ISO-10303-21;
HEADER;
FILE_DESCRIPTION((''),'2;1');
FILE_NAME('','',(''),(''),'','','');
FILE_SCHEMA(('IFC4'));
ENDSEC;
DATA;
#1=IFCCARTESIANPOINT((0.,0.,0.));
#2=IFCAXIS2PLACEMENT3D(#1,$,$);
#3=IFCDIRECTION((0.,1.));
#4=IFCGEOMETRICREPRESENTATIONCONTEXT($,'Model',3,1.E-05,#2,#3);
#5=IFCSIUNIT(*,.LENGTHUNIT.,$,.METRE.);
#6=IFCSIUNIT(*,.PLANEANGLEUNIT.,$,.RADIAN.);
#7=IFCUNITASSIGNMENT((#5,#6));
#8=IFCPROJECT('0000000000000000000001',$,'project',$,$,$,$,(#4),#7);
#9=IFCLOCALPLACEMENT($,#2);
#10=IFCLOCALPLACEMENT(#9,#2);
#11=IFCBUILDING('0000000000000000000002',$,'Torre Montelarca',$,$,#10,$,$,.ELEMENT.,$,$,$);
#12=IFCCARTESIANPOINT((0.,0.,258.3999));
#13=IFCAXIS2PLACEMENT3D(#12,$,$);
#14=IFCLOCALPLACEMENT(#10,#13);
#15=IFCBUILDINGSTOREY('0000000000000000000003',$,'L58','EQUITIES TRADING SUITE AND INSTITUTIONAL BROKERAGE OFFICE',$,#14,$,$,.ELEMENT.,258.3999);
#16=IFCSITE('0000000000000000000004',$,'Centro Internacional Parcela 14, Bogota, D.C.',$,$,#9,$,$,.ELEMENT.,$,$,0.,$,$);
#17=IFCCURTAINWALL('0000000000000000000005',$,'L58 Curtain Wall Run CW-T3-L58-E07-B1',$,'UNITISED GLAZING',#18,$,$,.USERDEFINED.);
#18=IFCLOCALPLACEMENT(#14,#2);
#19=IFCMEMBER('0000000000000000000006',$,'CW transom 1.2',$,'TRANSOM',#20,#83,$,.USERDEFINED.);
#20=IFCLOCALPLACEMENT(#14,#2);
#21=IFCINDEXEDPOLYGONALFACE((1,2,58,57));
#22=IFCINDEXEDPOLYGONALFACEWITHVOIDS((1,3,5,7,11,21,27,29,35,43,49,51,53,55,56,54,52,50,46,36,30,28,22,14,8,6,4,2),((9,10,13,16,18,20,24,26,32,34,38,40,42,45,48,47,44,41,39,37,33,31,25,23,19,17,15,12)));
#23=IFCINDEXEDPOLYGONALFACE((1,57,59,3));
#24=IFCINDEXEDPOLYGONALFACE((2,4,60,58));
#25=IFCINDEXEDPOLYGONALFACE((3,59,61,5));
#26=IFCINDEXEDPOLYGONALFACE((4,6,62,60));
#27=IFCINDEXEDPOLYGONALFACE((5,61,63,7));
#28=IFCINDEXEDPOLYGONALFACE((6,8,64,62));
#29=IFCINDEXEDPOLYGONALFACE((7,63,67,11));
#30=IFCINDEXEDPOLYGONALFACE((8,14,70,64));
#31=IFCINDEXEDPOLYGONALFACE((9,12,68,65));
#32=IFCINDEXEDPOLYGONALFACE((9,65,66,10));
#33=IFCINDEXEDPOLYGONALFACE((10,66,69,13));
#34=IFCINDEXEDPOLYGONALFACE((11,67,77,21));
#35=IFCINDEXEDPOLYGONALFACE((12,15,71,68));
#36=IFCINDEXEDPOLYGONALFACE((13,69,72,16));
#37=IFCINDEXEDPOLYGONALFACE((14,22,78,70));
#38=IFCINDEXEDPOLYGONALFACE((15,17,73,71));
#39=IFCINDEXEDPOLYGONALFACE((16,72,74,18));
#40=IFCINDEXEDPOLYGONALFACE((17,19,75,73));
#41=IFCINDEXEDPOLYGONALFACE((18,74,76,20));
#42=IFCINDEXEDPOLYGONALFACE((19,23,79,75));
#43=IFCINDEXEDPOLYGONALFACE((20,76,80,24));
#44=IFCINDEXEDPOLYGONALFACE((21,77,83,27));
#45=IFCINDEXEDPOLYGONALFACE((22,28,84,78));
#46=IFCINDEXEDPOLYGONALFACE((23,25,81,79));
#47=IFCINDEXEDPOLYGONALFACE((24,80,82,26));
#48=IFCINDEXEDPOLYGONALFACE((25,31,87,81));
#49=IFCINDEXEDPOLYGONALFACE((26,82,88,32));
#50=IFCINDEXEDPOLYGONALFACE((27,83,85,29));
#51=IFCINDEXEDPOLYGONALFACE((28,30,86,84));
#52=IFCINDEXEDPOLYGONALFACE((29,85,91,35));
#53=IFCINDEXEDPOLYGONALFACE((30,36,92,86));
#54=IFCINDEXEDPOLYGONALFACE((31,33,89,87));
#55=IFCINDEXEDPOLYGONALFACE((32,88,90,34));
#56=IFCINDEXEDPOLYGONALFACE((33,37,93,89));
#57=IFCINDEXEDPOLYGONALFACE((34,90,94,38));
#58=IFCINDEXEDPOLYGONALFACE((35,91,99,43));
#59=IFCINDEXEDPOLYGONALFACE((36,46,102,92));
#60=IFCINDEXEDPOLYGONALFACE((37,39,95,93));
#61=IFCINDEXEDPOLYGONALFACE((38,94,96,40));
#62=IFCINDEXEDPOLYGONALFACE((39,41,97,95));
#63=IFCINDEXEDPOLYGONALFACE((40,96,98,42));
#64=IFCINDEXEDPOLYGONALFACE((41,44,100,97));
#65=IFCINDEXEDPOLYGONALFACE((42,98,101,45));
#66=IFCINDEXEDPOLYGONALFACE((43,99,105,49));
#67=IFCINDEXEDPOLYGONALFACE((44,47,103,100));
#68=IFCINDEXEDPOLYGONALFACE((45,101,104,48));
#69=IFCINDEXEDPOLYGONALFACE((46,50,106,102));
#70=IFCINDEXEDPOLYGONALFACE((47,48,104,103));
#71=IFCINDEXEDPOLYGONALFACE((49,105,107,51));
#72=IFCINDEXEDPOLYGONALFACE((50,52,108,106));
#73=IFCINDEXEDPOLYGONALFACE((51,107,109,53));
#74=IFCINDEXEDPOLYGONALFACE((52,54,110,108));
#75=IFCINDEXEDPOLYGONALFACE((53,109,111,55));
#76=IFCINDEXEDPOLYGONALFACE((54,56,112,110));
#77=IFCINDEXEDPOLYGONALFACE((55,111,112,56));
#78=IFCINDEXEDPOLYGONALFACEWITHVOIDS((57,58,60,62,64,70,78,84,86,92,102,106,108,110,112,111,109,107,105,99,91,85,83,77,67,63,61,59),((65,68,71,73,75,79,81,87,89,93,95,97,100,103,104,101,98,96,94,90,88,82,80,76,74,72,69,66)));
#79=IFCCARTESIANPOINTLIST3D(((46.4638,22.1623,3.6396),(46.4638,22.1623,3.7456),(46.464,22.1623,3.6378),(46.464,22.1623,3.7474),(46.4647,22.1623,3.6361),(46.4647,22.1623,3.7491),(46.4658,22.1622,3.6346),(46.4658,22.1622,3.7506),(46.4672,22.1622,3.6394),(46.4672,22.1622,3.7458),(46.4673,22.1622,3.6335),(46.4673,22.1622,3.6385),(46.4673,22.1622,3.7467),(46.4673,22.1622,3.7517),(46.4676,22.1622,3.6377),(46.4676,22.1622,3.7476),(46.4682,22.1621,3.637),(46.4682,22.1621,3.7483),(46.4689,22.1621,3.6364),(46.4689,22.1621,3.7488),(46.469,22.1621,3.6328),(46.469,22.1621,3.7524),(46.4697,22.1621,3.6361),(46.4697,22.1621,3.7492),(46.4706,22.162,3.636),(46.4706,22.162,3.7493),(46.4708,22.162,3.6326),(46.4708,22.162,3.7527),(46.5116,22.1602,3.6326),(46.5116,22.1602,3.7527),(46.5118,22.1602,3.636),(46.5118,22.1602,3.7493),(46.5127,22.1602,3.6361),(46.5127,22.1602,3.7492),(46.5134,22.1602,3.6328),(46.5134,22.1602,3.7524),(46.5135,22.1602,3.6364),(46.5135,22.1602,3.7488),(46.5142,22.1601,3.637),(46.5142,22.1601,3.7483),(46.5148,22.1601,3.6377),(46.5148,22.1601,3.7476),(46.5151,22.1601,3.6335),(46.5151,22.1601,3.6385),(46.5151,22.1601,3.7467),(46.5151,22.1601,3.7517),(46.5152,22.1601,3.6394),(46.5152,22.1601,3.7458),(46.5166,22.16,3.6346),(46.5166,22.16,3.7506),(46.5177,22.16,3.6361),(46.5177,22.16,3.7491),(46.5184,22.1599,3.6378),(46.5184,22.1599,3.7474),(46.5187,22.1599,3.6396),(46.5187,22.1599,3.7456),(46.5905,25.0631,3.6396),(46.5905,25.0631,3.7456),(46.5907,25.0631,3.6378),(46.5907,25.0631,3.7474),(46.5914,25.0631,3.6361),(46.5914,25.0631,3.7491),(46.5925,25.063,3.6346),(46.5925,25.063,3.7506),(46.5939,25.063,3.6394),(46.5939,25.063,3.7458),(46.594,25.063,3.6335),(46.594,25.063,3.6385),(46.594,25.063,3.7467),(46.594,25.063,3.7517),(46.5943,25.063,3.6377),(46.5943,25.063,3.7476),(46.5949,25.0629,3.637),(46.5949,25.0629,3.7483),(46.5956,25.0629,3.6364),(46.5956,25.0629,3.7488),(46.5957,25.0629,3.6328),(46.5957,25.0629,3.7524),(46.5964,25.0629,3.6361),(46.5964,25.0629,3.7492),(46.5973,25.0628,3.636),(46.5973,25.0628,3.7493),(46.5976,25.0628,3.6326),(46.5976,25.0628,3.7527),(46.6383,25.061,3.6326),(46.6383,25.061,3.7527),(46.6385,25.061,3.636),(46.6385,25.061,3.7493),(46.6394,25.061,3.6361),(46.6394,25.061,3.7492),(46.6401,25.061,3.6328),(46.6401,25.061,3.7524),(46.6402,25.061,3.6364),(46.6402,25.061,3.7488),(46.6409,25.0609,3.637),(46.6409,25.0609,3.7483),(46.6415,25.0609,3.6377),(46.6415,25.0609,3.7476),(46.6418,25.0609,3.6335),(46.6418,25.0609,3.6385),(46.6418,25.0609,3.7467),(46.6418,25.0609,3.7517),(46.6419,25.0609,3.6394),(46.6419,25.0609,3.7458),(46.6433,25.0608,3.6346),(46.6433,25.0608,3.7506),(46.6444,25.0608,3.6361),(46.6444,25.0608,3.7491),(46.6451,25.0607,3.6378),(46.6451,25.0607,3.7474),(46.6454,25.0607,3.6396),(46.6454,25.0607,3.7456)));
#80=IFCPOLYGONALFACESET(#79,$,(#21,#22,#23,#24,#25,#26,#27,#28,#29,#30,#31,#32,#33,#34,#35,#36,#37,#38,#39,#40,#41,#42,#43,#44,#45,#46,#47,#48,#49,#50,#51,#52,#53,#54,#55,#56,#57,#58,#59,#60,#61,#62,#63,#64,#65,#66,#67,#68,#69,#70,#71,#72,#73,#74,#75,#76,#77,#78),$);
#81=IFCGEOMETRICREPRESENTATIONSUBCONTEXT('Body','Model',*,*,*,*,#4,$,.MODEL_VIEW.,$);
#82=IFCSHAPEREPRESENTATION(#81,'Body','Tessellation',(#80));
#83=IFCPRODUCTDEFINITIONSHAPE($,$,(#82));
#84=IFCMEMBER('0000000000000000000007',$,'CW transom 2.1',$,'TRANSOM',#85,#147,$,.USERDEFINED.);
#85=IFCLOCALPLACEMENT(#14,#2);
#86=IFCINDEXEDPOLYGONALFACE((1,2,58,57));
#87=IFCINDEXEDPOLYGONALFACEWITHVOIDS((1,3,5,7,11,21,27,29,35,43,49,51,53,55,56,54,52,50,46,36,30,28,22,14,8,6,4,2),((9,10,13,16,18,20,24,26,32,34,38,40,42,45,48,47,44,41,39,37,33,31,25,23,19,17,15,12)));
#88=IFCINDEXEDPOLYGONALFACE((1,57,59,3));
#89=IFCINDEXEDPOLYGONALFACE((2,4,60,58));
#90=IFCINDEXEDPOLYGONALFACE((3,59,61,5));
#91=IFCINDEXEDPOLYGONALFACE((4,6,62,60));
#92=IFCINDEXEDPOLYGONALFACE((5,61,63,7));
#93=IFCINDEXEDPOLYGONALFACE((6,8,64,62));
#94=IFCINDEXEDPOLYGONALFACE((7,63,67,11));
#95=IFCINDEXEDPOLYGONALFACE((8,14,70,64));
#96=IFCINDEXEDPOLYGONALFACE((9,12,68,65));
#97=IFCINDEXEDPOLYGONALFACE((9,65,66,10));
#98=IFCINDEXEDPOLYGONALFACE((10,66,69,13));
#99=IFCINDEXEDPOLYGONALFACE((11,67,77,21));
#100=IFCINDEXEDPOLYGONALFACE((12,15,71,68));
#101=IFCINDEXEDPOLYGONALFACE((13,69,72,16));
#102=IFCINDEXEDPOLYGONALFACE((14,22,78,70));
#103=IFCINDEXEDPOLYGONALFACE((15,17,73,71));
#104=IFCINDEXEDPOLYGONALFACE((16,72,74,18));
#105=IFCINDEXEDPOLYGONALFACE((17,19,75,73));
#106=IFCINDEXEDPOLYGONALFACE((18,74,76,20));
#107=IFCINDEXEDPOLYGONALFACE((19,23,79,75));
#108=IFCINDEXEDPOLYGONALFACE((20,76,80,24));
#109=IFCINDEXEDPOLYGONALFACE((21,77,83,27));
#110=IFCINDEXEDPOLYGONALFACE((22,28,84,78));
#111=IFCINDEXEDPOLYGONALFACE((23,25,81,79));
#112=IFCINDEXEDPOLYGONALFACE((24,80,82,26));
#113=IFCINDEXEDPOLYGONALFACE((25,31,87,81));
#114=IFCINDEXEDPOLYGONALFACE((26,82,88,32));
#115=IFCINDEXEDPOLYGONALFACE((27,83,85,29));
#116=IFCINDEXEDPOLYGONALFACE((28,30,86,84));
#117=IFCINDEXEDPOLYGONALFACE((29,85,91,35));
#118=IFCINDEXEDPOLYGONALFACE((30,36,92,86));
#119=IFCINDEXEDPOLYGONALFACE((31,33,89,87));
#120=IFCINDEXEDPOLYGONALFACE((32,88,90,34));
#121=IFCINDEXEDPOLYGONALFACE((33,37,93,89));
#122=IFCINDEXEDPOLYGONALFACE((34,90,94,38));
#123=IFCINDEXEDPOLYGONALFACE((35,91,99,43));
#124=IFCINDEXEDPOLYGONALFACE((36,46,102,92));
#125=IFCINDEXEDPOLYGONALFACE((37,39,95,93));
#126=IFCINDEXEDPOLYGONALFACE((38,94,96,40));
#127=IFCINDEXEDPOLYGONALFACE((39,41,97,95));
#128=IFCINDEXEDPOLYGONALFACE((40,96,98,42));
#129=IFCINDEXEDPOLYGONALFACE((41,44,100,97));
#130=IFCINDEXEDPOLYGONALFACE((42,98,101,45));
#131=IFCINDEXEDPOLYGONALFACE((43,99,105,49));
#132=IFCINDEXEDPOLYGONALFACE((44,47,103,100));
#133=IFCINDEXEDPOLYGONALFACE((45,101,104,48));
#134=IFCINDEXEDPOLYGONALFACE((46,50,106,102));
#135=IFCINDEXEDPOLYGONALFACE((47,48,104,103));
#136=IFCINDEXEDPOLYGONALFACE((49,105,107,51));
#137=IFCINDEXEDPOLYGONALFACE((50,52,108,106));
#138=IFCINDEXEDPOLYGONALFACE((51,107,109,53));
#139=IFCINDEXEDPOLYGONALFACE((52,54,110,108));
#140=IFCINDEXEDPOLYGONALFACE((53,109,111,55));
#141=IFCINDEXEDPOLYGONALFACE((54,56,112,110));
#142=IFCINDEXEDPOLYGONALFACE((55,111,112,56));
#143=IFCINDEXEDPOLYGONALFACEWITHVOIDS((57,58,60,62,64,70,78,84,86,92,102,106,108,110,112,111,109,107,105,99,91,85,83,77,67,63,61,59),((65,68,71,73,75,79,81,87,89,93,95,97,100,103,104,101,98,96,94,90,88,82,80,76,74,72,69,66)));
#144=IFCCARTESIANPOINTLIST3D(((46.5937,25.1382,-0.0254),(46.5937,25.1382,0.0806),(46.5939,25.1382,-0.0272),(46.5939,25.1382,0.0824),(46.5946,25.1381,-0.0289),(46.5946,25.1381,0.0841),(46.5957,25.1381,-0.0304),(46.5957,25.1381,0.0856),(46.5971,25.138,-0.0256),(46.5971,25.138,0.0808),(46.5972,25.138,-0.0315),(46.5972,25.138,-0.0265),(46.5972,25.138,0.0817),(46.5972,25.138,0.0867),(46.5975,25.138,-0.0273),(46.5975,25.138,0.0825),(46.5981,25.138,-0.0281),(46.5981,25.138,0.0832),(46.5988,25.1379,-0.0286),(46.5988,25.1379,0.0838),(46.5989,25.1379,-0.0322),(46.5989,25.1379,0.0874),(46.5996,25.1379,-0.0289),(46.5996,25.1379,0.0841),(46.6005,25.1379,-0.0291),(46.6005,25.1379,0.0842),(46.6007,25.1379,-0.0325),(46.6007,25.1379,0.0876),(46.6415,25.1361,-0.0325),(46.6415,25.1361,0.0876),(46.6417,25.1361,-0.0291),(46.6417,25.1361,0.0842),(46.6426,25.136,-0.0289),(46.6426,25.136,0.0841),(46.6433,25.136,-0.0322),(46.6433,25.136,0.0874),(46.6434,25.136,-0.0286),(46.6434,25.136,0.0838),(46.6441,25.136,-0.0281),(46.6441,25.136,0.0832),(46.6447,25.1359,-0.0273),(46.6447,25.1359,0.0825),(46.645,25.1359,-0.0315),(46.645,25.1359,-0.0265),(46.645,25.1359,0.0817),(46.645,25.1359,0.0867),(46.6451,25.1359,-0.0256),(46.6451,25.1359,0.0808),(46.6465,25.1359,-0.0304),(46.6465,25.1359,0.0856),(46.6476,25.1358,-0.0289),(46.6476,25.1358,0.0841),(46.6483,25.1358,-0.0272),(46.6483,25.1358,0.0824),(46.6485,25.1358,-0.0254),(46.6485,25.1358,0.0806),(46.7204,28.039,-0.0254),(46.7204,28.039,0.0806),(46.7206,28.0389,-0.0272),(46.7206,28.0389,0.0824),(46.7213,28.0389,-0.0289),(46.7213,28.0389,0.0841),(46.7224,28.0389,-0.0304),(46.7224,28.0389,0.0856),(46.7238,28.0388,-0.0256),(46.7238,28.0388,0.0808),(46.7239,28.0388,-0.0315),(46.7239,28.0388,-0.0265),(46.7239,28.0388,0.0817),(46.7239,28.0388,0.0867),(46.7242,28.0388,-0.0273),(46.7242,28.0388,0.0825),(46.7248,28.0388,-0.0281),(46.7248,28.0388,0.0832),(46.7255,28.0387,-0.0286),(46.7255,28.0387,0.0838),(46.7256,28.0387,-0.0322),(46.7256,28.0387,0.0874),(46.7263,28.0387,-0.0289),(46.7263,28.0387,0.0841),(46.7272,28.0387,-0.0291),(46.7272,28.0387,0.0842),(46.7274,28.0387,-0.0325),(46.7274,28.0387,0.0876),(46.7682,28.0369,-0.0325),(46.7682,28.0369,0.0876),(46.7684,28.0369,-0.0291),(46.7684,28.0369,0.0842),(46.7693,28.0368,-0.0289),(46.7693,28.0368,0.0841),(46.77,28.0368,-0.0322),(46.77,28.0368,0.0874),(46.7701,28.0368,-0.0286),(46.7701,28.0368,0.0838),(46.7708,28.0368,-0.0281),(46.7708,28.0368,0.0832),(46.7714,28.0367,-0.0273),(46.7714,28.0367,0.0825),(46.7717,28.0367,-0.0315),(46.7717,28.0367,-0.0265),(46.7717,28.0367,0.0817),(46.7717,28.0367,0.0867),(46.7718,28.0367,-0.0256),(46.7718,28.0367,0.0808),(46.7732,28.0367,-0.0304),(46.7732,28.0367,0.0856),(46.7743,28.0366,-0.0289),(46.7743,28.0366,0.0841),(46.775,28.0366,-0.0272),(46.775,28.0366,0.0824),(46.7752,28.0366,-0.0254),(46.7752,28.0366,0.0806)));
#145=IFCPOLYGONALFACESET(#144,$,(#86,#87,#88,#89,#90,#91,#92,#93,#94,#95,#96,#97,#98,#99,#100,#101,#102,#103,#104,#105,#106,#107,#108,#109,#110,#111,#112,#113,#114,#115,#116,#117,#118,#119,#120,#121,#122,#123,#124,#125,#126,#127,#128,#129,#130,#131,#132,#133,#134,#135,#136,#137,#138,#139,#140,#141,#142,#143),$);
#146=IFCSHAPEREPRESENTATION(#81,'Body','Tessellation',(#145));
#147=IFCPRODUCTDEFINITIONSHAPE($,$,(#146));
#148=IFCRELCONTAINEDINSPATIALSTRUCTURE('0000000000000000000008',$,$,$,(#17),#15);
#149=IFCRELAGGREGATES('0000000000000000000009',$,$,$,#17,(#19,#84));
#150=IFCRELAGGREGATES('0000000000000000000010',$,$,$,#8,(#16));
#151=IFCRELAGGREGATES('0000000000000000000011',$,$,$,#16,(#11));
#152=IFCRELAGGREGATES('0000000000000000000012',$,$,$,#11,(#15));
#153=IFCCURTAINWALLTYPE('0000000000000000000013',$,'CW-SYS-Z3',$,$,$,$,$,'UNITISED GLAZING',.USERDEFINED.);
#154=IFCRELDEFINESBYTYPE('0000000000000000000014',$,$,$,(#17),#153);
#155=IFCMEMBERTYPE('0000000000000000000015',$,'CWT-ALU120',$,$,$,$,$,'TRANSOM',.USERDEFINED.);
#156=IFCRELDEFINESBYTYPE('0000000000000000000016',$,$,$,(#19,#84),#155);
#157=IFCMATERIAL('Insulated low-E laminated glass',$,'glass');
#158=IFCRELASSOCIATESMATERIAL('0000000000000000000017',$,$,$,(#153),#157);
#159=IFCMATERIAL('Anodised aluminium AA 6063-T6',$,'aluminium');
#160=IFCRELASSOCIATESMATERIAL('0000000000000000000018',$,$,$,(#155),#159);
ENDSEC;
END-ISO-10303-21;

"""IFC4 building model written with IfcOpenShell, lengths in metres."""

from ifc_helpers import new_model, si_unit, direction, frame, origin, origin_2d, place, context, subcontext, project, spatial, hollow_rectangle, extrude, source, transform, mapped, material, material_profile, profile_set, type_object, element, aggregate, save


model = new_model("IFC4")

# Units and contexts
model_context = context("Model", 3, precision=1e-05, world=origin(), true_north=direction((0.0, 1.0)))
body_context = subcontext(model_context, "Body", "Model", "MODEL_VIEW")
ifc_project = project(units=[si_unit("LENGTHUNIT", "METRE"), si_unit("PLANEANGLEUNIT", "RADIAN")], contexts=[model_context])

# Site, building, storey
site_placement = place(None, origin())
site = spatial("IfcSite", under=ifc_project, at=site_placement, Name="Centro Internacional Parcela 14, Bogota, D.C.", CompositionType="ELEMENT", RefElevation=0.0)
building_placement = place(site_placement, origin())
building = spatial("IfcBuilding", under=site, at=building_placement, Name="Torre Montelarca", CompositionType="ELEMENT")
storey_placement = place(building_placement, frame((0.0, 0.0, 258.3999)))
storey = spatial("IfcBuildingStorey", under=building, at=storey_placement, Name="L58", Description="EQUITIES TRADING SUITE AND INSTITUTIONAL BROKERAGE OFFICE", CompositionType="ELEMENT", Elevation=258.3999)

# Curtain wall, members
ifc_material_1 = material(Name="Insulated low-E laminated glass", Category="glass")
curtain_wall_type = type_object("IfcCurtainWallType", Name="CW-SYS-Z3", ElementType="UNITISED GLAZING", PredefinedType="USERDEFINED", material=ifc_material_1)
curtain_wall_1_placement = place(storey_placement, origin())
curtain_wall_1 = element("IfcCurtainWall", 1, at=curtain_wall_1_placement, inside=storey, type_object=curtain_wall_type, Name="L58 Curtain Wall Run CW-T3-L58-E07-B1", ObjectType="UNITISED GLAZING", PredefinedType="USERDEFINED")
ifc_material_2 = material(Name="Anodised aluminium AA 6063-T6", Category="aluminium")
ifc_material_profile_1 = material_profile(ifc_material_2, hollow_rectangle(XDim=0.0549, YDim=0.1201, WallThickness=0.0034, InnerFilletRadius=0.0034, OuterFilletRadius=0.0071, at=origin_2d()), Name="ALU55X120X3.5", Category="aluminium")
ifc_profile_set_1 = profile_set([ifc_material_profile_1], Name="Anodised aluminium AA 6063-T6")
member_type_1 = type_object("IfcMemberType", Name="CWT-ALU120", ElementType="TRANSOM", PredefinedType="USERDEFINED", material=ifc_profile_set_1)
shared_shape_1 = source(origin(), body_context, "Body", "SweptSolid", [
    extrude(hollow_rectangle(XDim=0.0549, YDim=0.1201, WallThickness=0.0034, InnerFilletRadius=0.0034, OuterFilletRadius=0.0071, at=origin_2d()), origin(), (0.0, 0.0, 1.0), 2.9036),
])
member_1_placement = place(storey_placement, frame((46.4912, 22.1611, 3.6926), z_axis=(0.043638, 0.999047, 0.0), x_axis=(-0.999047, 0.043638, 0.0)))
member_1 = element("IfcMember", 2, at=member_1_placement, type_object=member_type_1, Name="CW transom 1.2", ObjectType="TRANSOM", PredefinedType="USERDEFINED", context=body_context, shape_type="MappedRepresentation", body=[
    mapped(shared_shape_1, transform((0.0, 0.0, 0.0), scale=1.0)),
])
member_2_placement = place(storey_placement, frame((46.6211, 25.137, 0.0276), z_axis=(0.043638, 0.999047, 0.0), x_axis=(-0.999047, 0.043638, 0.0)))
member_2 = element("IfcMember", 3, at=member_2_placement, type_object=member_type_1, Name="CW transom 2.1", ObjectType="TRANSOM", PredefinedType="USERDEFINED", context=body_context, shape_type="MappedRepresentation", body=[
    mapped(shared_shape_1, transform((0.0, 0.0, 0.0), scale=1.0)),
])

aggregate(curtain_wall_1, [member_1, member_2])

save(model, "model.ifc")
